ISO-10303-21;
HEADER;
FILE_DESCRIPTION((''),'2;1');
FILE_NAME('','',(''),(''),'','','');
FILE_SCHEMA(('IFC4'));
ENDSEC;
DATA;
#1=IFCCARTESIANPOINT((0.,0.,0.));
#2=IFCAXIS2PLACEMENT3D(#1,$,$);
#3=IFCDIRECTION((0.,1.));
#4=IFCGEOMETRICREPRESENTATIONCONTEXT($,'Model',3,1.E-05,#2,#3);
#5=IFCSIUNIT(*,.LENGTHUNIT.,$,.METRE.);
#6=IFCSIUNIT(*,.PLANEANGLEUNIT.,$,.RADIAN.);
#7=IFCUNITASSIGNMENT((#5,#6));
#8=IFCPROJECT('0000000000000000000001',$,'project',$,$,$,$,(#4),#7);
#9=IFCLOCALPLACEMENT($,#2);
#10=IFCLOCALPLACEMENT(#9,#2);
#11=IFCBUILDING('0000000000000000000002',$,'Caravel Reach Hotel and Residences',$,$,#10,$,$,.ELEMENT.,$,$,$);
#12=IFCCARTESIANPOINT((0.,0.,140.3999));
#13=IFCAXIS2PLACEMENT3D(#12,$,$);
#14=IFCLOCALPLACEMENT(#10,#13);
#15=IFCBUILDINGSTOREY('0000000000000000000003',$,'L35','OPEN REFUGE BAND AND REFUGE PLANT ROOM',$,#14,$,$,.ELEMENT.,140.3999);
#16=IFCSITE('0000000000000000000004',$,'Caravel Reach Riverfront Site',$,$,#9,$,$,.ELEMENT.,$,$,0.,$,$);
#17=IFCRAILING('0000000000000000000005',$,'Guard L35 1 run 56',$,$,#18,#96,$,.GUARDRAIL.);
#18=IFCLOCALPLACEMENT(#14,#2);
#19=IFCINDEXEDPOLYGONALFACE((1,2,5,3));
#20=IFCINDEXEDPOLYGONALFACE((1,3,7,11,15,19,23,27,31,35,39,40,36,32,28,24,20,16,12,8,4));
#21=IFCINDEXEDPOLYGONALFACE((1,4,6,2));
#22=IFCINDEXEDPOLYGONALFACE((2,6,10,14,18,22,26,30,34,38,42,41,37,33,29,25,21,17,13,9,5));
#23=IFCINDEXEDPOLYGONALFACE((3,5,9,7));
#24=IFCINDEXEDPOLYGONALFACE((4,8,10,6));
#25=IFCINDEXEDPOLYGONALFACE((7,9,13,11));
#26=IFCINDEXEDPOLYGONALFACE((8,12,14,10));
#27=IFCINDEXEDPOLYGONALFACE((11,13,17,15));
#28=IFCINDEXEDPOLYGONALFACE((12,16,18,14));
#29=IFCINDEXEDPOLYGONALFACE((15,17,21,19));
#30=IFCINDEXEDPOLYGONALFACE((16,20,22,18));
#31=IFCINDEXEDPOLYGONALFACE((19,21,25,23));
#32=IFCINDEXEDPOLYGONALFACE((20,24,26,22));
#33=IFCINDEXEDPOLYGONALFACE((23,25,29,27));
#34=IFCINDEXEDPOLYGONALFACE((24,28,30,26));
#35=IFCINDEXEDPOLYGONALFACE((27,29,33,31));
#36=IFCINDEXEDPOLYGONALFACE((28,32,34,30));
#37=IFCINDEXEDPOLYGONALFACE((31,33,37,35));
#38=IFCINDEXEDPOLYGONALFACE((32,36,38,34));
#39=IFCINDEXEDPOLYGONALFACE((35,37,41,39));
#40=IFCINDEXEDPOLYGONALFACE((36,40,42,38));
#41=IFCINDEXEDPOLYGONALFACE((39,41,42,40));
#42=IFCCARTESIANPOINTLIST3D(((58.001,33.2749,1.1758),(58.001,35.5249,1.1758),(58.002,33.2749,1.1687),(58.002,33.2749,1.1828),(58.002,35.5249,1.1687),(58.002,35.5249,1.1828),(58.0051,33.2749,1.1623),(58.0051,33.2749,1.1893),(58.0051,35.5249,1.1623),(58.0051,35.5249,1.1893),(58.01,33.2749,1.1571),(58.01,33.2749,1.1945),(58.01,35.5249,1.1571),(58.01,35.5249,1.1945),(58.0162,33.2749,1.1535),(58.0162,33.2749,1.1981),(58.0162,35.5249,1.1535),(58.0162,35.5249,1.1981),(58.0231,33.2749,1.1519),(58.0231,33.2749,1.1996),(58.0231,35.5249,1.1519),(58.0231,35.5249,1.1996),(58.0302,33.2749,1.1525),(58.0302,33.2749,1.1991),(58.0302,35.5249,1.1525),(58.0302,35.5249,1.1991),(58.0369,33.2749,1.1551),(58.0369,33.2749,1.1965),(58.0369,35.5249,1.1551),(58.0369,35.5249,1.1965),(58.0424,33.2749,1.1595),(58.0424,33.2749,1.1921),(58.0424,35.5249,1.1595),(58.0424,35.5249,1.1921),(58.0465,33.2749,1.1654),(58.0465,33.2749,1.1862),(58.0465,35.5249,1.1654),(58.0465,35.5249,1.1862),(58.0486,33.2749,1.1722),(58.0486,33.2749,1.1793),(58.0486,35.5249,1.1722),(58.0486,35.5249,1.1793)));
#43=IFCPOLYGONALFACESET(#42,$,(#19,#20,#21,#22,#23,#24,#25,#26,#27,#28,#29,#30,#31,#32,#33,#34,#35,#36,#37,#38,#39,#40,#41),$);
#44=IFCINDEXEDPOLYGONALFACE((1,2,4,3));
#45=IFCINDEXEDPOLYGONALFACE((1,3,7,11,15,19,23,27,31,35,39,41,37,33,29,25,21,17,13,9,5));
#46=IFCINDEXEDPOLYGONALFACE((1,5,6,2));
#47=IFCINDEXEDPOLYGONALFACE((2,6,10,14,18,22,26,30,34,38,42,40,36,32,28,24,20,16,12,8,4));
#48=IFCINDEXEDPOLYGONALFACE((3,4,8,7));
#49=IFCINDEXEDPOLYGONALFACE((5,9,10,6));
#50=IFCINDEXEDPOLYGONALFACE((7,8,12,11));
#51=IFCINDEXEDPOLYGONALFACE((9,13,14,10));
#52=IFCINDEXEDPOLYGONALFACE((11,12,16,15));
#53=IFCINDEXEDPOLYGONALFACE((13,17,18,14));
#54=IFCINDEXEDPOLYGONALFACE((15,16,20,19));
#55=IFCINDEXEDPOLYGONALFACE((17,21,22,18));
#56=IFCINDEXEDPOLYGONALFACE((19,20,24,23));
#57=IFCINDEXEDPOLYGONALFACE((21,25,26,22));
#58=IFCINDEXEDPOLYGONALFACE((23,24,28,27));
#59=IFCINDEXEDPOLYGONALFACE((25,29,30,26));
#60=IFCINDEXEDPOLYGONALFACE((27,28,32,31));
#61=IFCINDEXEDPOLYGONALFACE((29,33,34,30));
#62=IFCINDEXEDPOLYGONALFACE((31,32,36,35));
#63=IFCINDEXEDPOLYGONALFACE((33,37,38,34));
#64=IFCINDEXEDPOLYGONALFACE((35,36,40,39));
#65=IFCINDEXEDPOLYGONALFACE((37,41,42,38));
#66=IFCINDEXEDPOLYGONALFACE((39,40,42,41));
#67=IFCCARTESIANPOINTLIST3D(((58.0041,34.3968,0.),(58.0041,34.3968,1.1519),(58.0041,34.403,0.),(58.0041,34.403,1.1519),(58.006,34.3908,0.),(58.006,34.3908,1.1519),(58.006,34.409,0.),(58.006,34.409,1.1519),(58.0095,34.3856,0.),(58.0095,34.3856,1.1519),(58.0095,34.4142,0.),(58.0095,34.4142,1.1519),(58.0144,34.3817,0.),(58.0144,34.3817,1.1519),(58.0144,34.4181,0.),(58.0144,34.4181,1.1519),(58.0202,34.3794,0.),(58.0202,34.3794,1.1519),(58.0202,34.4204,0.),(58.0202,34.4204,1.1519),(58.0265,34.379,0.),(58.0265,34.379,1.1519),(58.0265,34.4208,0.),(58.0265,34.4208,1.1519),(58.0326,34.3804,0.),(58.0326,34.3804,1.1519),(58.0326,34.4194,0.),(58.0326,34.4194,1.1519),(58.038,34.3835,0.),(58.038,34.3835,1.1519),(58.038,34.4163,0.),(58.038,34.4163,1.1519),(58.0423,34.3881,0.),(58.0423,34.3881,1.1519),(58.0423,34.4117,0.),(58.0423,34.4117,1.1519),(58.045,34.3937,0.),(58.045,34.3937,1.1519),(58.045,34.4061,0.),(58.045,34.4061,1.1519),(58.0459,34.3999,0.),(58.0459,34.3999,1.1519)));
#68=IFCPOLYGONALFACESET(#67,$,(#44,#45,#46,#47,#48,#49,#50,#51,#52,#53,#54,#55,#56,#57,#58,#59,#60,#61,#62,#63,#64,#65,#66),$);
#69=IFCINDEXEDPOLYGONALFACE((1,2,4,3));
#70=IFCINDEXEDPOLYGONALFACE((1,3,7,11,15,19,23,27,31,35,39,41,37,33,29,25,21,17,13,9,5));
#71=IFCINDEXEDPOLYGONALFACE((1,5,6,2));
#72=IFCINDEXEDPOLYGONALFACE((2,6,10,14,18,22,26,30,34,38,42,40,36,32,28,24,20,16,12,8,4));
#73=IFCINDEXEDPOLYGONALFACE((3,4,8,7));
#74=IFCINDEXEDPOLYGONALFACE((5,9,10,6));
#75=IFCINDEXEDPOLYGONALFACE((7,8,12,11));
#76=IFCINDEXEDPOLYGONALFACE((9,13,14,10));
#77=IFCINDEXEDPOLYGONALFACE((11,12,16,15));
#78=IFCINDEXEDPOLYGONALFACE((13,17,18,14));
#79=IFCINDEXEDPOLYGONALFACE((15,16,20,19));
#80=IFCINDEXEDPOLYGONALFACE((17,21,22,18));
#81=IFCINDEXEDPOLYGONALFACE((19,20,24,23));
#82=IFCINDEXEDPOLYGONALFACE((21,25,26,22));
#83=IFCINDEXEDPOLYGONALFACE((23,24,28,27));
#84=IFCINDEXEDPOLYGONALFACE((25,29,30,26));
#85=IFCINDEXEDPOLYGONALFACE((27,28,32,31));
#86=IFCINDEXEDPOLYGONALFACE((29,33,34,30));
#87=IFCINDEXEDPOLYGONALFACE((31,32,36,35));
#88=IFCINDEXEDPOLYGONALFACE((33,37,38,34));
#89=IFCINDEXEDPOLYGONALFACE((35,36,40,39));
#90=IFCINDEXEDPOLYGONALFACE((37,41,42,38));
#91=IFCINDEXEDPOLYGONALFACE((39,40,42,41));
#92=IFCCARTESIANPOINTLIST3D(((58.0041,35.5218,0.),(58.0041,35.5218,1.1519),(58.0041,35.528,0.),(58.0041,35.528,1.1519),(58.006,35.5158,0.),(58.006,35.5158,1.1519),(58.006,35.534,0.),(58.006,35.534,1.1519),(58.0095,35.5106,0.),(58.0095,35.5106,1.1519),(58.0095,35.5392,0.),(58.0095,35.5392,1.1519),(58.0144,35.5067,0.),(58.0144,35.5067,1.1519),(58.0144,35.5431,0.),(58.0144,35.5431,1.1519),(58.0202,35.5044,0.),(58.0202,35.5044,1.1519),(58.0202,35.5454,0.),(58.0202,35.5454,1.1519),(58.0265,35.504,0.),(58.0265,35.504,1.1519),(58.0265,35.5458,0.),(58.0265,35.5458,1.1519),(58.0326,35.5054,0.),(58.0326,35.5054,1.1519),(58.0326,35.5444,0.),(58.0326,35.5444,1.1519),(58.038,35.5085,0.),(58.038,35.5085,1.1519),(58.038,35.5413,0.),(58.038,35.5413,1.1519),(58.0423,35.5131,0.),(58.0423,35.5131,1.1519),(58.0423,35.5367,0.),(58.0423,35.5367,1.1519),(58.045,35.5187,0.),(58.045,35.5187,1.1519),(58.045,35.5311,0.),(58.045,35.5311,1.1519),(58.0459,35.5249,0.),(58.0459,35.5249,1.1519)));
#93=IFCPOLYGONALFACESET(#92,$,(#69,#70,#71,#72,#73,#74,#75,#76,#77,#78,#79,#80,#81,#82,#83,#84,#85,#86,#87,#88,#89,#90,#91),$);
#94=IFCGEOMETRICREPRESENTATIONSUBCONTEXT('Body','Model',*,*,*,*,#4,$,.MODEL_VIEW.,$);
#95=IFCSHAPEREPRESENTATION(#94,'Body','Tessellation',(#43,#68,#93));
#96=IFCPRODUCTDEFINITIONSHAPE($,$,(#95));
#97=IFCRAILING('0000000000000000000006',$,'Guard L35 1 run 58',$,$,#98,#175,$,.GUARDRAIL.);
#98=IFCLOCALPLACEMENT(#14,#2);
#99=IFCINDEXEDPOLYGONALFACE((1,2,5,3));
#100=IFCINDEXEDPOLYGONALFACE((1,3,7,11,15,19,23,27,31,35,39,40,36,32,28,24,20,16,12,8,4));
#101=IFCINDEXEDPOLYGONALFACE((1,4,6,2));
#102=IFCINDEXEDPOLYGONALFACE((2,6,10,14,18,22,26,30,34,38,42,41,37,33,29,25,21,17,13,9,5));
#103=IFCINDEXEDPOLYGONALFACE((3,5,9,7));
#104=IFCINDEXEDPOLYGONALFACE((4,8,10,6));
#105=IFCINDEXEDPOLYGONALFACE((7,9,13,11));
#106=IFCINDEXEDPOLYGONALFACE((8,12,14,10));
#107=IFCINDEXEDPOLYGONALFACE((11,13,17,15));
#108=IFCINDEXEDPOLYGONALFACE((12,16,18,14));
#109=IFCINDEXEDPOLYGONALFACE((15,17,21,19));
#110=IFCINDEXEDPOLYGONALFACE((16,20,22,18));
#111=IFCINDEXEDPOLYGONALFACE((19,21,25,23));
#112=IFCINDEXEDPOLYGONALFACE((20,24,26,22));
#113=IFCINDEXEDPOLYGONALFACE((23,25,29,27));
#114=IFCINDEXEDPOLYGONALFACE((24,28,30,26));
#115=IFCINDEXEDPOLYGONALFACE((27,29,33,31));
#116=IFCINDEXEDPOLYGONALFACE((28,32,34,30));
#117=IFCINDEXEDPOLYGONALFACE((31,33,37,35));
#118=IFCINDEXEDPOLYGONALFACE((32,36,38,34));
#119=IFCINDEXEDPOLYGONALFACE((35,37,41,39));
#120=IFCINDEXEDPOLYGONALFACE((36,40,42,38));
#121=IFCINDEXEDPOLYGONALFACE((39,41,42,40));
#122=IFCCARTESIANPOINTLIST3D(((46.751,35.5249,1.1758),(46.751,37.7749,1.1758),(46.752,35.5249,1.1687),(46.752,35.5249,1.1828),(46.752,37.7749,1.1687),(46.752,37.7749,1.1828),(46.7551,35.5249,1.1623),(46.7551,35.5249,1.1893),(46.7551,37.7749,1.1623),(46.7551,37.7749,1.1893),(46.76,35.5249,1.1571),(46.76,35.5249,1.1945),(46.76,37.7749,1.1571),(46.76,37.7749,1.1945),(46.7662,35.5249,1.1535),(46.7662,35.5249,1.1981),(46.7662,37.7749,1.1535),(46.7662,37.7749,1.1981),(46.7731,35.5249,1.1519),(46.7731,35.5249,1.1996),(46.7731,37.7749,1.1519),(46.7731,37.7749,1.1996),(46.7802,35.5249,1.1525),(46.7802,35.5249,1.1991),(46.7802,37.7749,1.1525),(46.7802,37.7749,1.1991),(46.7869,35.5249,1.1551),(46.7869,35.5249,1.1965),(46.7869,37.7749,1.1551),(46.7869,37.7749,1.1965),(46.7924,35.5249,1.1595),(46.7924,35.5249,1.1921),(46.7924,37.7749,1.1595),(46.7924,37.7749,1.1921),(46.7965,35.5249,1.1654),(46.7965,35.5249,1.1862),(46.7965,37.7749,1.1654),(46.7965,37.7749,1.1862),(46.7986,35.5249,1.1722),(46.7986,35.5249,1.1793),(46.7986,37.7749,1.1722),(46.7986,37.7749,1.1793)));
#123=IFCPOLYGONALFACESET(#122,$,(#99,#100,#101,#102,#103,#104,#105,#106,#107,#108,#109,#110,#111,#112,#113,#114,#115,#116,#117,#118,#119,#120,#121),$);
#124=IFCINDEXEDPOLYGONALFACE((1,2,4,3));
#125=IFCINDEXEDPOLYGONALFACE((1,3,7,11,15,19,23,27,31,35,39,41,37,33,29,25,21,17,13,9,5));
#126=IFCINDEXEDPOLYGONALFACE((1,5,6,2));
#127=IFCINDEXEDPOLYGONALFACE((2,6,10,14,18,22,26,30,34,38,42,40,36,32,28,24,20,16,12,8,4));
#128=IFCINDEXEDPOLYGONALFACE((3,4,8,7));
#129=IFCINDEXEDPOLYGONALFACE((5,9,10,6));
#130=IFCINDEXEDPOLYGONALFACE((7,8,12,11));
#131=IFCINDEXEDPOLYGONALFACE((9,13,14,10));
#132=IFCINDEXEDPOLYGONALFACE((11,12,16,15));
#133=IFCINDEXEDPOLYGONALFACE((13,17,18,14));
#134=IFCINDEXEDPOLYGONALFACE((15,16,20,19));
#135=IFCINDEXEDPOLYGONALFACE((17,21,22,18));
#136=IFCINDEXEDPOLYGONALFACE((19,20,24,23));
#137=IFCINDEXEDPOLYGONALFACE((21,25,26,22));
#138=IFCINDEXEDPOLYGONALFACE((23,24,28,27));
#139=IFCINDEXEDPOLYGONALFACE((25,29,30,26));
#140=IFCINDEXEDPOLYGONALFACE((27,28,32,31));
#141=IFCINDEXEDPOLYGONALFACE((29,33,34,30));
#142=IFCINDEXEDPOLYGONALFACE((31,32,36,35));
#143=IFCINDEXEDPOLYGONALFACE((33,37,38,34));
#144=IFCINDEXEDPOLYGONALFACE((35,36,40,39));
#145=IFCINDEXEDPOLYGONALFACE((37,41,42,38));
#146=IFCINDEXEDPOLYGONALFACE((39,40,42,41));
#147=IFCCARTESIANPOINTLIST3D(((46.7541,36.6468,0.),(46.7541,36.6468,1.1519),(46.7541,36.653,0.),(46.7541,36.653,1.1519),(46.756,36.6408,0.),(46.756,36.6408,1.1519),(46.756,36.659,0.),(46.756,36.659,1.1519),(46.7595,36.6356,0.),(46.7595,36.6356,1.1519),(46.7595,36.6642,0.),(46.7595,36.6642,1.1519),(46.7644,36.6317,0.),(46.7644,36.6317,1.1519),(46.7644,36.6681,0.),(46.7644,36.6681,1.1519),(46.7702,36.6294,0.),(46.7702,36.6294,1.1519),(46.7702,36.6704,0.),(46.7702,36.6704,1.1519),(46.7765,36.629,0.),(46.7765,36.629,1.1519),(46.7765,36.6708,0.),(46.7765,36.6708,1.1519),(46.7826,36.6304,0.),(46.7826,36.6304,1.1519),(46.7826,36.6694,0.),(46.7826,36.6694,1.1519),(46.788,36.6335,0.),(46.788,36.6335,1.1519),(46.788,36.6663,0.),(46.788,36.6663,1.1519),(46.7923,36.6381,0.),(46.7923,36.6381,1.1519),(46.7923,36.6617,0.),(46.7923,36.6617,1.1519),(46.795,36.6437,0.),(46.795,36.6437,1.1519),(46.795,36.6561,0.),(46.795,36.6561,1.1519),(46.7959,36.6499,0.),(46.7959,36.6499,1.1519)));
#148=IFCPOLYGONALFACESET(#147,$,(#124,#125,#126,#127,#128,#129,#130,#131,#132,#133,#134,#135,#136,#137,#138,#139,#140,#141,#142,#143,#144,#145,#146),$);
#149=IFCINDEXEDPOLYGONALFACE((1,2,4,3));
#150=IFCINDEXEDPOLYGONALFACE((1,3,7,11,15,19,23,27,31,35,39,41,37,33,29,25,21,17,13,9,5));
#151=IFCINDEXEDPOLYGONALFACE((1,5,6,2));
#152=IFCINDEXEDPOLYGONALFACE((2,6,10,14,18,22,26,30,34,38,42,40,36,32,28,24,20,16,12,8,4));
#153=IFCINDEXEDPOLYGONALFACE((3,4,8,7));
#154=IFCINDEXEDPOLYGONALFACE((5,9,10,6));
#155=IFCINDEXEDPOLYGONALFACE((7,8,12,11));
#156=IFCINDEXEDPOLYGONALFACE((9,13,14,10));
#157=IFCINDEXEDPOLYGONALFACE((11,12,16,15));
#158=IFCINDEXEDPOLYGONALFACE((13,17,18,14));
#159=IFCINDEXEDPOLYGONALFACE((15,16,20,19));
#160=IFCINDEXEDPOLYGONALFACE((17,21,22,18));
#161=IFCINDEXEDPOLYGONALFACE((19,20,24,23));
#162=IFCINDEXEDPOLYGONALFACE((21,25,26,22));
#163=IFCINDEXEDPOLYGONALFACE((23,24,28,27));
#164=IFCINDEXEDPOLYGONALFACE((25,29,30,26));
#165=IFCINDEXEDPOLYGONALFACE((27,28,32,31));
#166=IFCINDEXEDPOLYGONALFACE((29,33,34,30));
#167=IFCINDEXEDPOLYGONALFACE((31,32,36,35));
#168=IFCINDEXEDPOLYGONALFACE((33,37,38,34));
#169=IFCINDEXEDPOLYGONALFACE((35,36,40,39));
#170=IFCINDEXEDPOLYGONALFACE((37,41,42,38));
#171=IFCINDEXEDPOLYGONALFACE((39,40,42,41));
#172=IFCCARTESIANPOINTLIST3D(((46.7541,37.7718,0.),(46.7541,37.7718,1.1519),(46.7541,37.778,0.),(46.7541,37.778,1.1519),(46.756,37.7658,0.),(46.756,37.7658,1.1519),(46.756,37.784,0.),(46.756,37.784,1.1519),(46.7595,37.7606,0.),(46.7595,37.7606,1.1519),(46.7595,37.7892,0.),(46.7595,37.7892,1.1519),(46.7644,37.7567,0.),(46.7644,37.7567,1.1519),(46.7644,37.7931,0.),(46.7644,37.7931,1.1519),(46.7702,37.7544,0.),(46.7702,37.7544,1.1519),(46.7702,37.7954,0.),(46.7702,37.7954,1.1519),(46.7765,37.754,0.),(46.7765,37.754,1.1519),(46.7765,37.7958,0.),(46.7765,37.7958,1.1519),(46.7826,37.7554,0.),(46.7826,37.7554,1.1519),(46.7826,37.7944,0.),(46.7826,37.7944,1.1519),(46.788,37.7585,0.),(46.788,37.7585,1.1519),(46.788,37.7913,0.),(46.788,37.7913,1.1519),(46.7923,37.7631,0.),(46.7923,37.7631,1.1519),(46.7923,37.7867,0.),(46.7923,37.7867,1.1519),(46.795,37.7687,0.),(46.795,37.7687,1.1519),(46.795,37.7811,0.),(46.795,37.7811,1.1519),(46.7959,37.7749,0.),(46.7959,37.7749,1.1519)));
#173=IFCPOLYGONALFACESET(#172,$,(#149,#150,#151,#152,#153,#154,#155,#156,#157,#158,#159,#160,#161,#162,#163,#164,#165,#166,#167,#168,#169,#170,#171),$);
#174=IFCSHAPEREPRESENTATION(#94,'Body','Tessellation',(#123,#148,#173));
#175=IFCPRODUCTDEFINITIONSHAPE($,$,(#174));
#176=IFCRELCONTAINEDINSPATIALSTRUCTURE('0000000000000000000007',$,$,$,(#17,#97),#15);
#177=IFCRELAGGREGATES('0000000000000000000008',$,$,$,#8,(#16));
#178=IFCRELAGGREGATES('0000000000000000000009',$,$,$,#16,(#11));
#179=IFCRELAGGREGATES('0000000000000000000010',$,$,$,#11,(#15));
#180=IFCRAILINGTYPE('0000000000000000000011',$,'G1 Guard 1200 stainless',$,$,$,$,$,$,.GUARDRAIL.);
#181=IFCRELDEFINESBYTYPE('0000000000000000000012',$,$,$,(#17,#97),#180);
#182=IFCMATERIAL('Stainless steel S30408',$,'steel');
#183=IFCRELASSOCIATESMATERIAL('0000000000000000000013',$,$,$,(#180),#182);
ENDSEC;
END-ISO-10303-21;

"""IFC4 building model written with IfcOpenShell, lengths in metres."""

from ifc_helpers import new_model, si_unit, direction, frame, origin, origin_2d, place, context, subcontext, project, spatial, circle, extrude, material, type_object, element, save


model = new_model("IFC4")

# Units and contexts
model_context = context("Model", 3, precision=1e-05, world=origin(), true_north=direction((0.0, 1.0)))
body_context = subcontext(model_context, "Body", "Model", "MODEL_VIEW")
ifc_project = project(units=[si_unit("LENGTHUNIT", "METRE"), si_unit("PLANEANGLEUNIT", "RADIAN")], contexts=[model_context])

# Site, building, storey
site_placement = place(None, origin())
site = spatial("IfcSite", under=ifc_project, at=site_placement, Name="Caravel Reach Riverfront Site", CompositionType="ELEMENT", RefElevation=0.0)
building_placement = place(site_placement, origin())
building = spatial("IfcBuilding", under=site, at=building_placement, Name="Caravel Reach Hotel and Residences", CompositionType="ELEMENT")
storey_placement = place(building_placement, frame((0.0, 0.0, 140.3999)))
storey = spatial("IfcBuildingStorey", under=building, at=storey_placement, Name="L35", Description="OPEN REFUGE BAND AND REFUGE PLANT ROOM", CompositionType="ELEMENT", Elevation=140.3999)

# Railings
ifc_material_1 = material(Name="Stainless steel S30408", Category="steel")
railing_type = type_object("IfcRailingType", Name="G1 Guard 1200 stainless", PredefinedType="GUARDRAIL", material=ifc_material_1)
railing_1_placement = place(storey_placement, frame((58.0249, 33.2749, 0.0)))
element("IfcRailing", 1, at=railing_1_placement, inside=storey, type_object=railing_type, Name="Guard L35 1 run 56", PredefinedType="GUARDRAIL", context=body_context, shape_type="SweptSolid", body=[
    extrude(circle(Radius=0.0239, at=origin_2d()), frame((0.0, 0.0, 1.1758), z_axis=(0.0, 1.0, 0.0), x_axis=(-1.0, 0.0, 0.0)), (0.0, 0.0, 1.0), 2.25),
    extrude(circle(Radius=0.021, at=origin_2d()), frame((0.0, 1.125, 0.0)), (0.0, 0.0, 1.0), 1.1519),
    extrude(circle(Radius=0.021, at=origin_2d()), frame((0.0, 2.25, 0.0)), (0.0, 0.0, 1.0), 1.1519),
])
railing_2_placement = place(storey_placement, frame((46.7749, 35.5249, 0.0)))
element("IfcRailing", 2, at=railing_2_placement, inside=storey, type_object=railing_type, Name="Guard L35 1 run 58", PredefinedType="GUARDRAIL", context=body_context, shape_type="SweptSolid", body=[
    extrude(circle(Radius=0.0239, at=origin_2d()), frame((0.0, 0.0, 1.1758), z_axis=(0.0, 1.0, 0.0), x_axis=(-1.0, 0.0, 0.0)), (0.0, 0.0, 1.0), 2.25),
    extrude(circle(Radius=0.021, at=origin_2d()), frame((0.0, 1.125, 0.0)), (0.0, 0.0, 1.0), 1.1519),
    extrude(circle(Radius=0.021, at=origin_2d()), frame((0.0, 2.25, 0.0)), (0.0, 0.0, 1.0), 1.1519),
])

save(model, "model.ifc")
